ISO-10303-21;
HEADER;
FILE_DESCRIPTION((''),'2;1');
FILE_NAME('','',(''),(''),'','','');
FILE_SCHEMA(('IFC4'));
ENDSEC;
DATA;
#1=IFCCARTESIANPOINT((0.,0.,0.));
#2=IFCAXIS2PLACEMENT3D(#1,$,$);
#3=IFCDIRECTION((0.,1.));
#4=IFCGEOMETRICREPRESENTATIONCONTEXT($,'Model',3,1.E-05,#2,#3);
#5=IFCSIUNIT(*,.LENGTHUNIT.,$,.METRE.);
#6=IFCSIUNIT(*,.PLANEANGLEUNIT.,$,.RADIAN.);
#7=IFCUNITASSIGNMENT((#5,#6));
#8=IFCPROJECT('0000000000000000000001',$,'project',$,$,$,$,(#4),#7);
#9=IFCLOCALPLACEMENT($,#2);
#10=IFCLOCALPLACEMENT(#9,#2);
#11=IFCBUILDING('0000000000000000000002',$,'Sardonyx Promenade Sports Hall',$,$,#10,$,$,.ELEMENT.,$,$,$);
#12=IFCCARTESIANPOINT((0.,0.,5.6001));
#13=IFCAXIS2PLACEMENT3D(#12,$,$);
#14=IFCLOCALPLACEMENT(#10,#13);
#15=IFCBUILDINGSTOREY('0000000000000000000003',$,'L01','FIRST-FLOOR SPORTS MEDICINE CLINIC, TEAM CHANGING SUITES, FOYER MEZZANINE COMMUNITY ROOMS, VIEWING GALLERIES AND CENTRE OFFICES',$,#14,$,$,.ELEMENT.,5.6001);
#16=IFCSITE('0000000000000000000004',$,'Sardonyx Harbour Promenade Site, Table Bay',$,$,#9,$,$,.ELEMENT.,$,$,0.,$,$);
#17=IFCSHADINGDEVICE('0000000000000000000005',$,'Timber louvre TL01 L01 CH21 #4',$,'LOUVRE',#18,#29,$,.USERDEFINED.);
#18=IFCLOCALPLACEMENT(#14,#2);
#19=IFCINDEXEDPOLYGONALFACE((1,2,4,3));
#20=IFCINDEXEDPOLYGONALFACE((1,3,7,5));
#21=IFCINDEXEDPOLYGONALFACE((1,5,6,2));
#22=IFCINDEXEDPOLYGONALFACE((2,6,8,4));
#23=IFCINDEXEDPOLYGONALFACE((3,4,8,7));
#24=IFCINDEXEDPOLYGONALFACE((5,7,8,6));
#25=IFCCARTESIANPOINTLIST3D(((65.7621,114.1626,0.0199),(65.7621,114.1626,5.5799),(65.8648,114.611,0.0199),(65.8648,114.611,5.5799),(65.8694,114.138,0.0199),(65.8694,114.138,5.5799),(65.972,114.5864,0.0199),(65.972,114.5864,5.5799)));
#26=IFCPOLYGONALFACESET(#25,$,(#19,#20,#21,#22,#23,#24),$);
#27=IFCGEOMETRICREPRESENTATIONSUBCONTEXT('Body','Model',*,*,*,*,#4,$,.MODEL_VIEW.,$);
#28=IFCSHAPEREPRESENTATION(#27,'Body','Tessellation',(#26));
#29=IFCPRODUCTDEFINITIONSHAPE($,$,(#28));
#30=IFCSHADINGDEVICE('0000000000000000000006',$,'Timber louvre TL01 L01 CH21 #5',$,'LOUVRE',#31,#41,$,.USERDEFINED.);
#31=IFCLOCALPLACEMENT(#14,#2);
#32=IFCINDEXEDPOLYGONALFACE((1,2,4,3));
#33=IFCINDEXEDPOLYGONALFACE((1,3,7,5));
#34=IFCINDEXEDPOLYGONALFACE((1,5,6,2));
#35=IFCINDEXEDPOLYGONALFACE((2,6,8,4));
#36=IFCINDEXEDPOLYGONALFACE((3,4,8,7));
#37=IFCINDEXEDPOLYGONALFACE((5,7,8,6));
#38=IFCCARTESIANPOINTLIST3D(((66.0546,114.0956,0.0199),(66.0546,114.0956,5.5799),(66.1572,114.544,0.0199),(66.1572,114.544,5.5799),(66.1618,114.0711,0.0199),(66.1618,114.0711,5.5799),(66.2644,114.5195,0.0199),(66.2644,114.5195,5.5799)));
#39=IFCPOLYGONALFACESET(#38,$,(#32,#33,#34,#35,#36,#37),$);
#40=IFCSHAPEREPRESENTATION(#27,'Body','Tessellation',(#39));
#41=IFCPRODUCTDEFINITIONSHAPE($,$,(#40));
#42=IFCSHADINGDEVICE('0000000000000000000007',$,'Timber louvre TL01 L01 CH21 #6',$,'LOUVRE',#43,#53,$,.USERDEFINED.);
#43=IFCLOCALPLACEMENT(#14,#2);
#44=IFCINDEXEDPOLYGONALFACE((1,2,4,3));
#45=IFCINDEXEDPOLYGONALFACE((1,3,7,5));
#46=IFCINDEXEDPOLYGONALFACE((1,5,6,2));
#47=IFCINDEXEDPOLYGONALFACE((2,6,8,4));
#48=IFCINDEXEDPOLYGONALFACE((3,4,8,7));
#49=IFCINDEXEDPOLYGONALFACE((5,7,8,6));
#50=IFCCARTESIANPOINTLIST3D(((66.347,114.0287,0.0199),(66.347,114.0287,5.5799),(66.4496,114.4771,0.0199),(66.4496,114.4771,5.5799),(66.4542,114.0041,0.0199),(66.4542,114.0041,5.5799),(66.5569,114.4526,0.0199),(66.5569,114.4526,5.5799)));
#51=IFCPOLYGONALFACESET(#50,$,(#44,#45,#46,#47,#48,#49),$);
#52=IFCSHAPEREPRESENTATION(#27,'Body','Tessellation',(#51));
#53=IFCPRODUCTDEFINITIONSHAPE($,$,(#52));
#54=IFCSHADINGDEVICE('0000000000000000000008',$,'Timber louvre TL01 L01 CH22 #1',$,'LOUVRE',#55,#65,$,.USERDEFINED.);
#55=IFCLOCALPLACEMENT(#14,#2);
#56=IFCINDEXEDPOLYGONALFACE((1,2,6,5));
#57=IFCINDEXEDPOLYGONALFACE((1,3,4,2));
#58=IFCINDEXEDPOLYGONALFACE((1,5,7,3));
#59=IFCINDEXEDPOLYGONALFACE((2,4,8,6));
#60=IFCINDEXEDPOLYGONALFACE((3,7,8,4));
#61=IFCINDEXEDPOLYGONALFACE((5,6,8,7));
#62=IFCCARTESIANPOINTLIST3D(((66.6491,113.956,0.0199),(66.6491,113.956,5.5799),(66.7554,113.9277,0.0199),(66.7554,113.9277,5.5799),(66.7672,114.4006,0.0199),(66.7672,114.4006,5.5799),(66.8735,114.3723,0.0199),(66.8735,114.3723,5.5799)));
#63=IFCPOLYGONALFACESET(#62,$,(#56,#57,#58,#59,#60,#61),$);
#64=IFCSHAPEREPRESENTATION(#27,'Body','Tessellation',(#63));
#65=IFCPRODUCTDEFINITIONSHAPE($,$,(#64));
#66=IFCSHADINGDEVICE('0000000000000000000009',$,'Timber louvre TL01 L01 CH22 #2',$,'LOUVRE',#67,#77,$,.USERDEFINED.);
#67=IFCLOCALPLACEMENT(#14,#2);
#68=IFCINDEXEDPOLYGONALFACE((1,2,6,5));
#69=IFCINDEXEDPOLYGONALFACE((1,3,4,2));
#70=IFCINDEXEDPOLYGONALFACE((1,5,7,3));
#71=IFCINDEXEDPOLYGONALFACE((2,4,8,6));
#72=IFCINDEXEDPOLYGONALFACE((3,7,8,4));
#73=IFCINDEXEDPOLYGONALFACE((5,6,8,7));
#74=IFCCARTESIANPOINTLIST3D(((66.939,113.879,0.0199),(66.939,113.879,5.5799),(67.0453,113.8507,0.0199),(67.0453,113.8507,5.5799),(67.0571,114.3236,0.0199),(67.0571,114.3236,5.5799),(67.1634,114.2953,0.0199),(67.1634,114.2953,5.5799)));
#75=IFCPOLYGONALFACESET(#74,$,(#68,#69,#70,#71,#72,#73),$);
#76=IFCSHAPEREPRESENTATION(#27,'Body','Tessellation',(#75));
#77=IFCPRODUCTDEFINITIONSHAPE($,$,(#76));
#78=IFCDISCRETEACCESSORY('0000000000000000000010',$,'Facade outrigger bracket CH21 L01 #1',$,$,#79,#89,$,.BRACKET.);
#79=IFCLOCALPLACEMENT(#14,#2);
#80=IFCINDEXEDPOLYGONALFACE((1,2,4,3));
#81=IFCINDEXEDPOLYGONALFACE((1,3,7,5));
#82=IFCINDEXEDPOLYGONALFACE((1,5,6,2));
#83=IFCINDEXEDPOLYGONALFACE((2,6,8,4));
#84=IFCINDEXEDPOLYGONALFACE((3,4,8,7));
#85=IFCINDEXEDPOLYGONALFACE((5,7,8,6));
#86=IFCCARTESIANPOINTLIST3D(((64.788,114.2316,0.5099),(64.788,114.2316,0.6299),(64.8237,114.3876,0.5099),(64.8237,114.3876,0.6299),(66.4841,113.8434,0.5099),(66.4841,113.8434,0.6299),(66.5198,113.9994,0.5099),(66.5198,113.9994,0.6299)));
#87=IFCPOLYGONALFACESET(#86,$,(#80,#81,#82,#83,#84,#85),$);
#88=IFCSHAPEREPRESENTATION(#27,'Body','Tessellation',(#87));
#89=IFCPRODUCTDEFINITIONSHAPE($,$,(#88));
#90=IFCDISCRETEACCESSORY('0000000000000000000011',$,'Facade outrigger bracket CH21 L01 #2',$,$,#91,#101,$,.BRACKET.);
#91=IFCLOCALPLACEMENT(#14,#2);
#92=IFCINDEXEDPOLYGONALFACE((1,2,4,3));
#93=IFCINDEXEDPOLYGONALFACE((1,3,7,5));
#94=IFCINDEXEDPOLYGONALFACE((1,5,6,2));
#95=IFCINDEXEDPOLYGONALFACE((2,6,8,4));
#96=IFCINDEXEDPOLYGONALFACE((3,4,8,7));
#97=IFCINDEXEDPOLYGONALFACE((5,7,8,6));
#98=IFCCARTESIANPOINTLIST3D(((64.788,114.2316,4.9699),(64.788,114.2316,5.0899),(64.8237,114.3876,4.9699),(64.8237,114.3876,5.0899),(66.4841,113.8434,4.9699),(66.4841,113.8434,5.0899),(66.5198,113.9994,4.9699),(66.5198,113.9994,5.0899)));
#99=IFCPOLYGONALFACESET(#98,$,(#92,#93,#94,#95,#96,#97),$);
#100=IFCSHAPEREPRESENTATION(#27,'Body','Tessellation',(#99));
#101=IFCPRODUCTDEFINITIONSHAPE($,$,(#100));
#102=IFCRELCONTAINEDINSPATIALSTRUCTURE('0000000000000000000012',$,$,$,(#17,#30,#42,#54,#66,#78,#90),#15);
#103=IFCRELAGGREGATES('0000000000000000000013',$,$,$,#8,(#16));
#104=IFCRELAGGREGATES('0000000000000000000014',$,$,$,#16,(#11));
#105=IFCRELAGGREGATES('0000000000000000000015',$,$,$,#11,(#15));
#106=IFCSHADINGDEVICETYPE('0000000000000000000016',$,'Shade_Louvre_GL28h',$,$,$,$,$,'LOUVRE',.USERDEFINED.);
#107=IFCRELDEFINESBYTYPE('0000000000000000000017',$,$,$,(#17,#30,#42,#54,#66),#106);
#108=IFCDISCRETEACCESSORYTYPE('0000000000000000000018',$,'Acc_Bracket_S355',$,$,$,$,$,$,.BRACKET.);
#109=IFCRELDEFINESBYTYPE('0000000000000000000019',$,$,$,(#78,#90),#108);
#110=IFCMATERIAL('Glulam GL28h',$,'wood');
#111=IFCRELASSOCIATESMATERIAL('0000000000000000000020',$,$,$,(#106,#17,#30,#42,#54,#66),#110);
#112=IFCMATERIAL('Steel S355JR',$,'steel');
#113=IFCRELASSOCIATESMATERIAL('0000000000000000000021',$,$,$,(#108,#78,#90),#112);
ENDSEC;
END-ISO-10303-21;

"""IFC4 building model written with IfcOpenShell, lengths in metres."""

from ifc_helpers import new_model, si_unit, direction, frame, origin, place, context, subcontext, project, spatial, rectangle, extrude, material, type_object, element, save


model = new_model("IFC4")

# Units and contexts
model_context = context("Model", 3, precision=1e-05, world=origin(), true_north=direction((0.0, 1.0)))
body_context = subcontext(model_context, "Body", "Model", "MODEL_VIEW")
ifc_project = project(units=[si_unit("LENGTHUNIT", "METRE"), si_unit("PLANEANGLEUNIT", "RADIAN")], contexts=[model_context])

# Site, building, storey
site_placement = place(None, origin())
site = spatial("IfcSite", under=ifc_project, at=site_placement, Name="Sardonyx Harbour Promenade Site, Table Bay", CompositionType="ELEMENT", RefElevation=0.0)
building_placement = place(site_placement, origin())
building = spatial("IfcBuilding", under=site, at=building_placement, Name="Sardonyx Promenade Sports Hall", CompositionType="ELEMENT")
storey_placement = place(building_placement, frame((0.0, 0.0, 5.6001)))
storey = spatial("IfcBuildingStorey", under=building, at=storey_placement, Name="L01", Description="FIRST-FLOOR SPORTS MEDICINE CLINIC, TEAM CHANGING SUITES, FOYER MEZZANINE COMMUNITY ROOMS, VIEWING GALLERIES AND CENTRE OFFICES", CompositionType="ELEMENT", Elevation=5.6001)

# Shading devices
ifc_material_1 = material(Name="Glulam GL28h", Category="wood")
shading_device_type_1 = type_object("IfcShadingDeviceType", Name="Shade_Louvre_GL28h", ElementType="LOUVRE", PredefinedType="USERDEFINED", material=ifc_material_1)
for number, where, z_axis, x_axis, name in (
    (1, (65.8671, 114.3745, 0.0199), (0.0, 0.0, 1.0), (0.974792, -0.223117, 0.0), "Timber louvre TL01 L01 CH21 #4"),
    (2, (66.1595, 114.3076, 0.0199), (0.0, 0.0, 1.0), (0.974792, -0.223117, 0.0), "Timber louvre TL01 L01 CH21 #5"),
    (3, (66.4519, 114.2406, 0.0199), (0.0, 0.0, 1.0), (0.974792, -0.223117, 0.0), "Timber louvre TL01 L01 CH21 #6"),
    (4, (66.7613, 114.1642, 0.0199), (0.0, 0.0, 1.0), (0.966485, -0.256721, 0.0), "Timber louvre TL01 L01 CH22 #1"),
    (5, (67.0512, 114.0871, 0.0199), (0.0, 0.0, 1.0), (0.966485, -0.256721, 0.0), "Timber louvre TL01 L01 CH22 #2"),
):
    element("IfcShadingDevice", number, at=place(storey_placement, frame(where, z_axis=z_axis, x_axis=x_axis)), inside=storey, type_object=shading_device_type_1, material=ifc_material_1, Name=name, ObjectType="LOUVRE", PredefinedType="USERDEFINED", context=body_context, shape_type="SweptSolid", body=[
        extrude(rectangle(XDim=0.11, YDim=0.46), origin(), (0.0, 0.0, 1.0), 5.56),
    ])

# Discrete accessories
ifc_material_2 = material(Name="Steel S355JR", Category="steel")
discrete_accessory_type = type_object("IfcDiscreteAccessoryType", Name="Acc_Bracket_S355", PredefinedType="BRACKET", material=ifc_material_2)
for number, where, z_axis, x_axis, name in (
    (6, (65.6539, 114.1155, 0.5099), (0.0, 0.0, 1.0), (0.974792, -0.223117, 0.0), "Facade outrigger bracket CH21 L01 #1"),
    (7, (65.6539, 114.1155, 4.9699), (0.0, 0.0, 1.0), (0.974792, -0.223117, 0.0), "Facade outrigger bracket CH21 L01 #2"),
):
    element("IfcDiscreteAccessory", number, at=place(storey_placement, frame(where, z_axis=z_axis, x_axis=x_axis)), inside=storey, type_object=discrete_accessory_type, material=ifc_material_2, Name=name, PredefinedType="BRACKET", context=body_context, shape_type="SweptSolid", body=[
        extrude(rectangle(XDim=1.74, YDim=0.16), origin(), (0.0, 0.0, 1.0), 0.12),
    ])

save(model, "model.ifc")
